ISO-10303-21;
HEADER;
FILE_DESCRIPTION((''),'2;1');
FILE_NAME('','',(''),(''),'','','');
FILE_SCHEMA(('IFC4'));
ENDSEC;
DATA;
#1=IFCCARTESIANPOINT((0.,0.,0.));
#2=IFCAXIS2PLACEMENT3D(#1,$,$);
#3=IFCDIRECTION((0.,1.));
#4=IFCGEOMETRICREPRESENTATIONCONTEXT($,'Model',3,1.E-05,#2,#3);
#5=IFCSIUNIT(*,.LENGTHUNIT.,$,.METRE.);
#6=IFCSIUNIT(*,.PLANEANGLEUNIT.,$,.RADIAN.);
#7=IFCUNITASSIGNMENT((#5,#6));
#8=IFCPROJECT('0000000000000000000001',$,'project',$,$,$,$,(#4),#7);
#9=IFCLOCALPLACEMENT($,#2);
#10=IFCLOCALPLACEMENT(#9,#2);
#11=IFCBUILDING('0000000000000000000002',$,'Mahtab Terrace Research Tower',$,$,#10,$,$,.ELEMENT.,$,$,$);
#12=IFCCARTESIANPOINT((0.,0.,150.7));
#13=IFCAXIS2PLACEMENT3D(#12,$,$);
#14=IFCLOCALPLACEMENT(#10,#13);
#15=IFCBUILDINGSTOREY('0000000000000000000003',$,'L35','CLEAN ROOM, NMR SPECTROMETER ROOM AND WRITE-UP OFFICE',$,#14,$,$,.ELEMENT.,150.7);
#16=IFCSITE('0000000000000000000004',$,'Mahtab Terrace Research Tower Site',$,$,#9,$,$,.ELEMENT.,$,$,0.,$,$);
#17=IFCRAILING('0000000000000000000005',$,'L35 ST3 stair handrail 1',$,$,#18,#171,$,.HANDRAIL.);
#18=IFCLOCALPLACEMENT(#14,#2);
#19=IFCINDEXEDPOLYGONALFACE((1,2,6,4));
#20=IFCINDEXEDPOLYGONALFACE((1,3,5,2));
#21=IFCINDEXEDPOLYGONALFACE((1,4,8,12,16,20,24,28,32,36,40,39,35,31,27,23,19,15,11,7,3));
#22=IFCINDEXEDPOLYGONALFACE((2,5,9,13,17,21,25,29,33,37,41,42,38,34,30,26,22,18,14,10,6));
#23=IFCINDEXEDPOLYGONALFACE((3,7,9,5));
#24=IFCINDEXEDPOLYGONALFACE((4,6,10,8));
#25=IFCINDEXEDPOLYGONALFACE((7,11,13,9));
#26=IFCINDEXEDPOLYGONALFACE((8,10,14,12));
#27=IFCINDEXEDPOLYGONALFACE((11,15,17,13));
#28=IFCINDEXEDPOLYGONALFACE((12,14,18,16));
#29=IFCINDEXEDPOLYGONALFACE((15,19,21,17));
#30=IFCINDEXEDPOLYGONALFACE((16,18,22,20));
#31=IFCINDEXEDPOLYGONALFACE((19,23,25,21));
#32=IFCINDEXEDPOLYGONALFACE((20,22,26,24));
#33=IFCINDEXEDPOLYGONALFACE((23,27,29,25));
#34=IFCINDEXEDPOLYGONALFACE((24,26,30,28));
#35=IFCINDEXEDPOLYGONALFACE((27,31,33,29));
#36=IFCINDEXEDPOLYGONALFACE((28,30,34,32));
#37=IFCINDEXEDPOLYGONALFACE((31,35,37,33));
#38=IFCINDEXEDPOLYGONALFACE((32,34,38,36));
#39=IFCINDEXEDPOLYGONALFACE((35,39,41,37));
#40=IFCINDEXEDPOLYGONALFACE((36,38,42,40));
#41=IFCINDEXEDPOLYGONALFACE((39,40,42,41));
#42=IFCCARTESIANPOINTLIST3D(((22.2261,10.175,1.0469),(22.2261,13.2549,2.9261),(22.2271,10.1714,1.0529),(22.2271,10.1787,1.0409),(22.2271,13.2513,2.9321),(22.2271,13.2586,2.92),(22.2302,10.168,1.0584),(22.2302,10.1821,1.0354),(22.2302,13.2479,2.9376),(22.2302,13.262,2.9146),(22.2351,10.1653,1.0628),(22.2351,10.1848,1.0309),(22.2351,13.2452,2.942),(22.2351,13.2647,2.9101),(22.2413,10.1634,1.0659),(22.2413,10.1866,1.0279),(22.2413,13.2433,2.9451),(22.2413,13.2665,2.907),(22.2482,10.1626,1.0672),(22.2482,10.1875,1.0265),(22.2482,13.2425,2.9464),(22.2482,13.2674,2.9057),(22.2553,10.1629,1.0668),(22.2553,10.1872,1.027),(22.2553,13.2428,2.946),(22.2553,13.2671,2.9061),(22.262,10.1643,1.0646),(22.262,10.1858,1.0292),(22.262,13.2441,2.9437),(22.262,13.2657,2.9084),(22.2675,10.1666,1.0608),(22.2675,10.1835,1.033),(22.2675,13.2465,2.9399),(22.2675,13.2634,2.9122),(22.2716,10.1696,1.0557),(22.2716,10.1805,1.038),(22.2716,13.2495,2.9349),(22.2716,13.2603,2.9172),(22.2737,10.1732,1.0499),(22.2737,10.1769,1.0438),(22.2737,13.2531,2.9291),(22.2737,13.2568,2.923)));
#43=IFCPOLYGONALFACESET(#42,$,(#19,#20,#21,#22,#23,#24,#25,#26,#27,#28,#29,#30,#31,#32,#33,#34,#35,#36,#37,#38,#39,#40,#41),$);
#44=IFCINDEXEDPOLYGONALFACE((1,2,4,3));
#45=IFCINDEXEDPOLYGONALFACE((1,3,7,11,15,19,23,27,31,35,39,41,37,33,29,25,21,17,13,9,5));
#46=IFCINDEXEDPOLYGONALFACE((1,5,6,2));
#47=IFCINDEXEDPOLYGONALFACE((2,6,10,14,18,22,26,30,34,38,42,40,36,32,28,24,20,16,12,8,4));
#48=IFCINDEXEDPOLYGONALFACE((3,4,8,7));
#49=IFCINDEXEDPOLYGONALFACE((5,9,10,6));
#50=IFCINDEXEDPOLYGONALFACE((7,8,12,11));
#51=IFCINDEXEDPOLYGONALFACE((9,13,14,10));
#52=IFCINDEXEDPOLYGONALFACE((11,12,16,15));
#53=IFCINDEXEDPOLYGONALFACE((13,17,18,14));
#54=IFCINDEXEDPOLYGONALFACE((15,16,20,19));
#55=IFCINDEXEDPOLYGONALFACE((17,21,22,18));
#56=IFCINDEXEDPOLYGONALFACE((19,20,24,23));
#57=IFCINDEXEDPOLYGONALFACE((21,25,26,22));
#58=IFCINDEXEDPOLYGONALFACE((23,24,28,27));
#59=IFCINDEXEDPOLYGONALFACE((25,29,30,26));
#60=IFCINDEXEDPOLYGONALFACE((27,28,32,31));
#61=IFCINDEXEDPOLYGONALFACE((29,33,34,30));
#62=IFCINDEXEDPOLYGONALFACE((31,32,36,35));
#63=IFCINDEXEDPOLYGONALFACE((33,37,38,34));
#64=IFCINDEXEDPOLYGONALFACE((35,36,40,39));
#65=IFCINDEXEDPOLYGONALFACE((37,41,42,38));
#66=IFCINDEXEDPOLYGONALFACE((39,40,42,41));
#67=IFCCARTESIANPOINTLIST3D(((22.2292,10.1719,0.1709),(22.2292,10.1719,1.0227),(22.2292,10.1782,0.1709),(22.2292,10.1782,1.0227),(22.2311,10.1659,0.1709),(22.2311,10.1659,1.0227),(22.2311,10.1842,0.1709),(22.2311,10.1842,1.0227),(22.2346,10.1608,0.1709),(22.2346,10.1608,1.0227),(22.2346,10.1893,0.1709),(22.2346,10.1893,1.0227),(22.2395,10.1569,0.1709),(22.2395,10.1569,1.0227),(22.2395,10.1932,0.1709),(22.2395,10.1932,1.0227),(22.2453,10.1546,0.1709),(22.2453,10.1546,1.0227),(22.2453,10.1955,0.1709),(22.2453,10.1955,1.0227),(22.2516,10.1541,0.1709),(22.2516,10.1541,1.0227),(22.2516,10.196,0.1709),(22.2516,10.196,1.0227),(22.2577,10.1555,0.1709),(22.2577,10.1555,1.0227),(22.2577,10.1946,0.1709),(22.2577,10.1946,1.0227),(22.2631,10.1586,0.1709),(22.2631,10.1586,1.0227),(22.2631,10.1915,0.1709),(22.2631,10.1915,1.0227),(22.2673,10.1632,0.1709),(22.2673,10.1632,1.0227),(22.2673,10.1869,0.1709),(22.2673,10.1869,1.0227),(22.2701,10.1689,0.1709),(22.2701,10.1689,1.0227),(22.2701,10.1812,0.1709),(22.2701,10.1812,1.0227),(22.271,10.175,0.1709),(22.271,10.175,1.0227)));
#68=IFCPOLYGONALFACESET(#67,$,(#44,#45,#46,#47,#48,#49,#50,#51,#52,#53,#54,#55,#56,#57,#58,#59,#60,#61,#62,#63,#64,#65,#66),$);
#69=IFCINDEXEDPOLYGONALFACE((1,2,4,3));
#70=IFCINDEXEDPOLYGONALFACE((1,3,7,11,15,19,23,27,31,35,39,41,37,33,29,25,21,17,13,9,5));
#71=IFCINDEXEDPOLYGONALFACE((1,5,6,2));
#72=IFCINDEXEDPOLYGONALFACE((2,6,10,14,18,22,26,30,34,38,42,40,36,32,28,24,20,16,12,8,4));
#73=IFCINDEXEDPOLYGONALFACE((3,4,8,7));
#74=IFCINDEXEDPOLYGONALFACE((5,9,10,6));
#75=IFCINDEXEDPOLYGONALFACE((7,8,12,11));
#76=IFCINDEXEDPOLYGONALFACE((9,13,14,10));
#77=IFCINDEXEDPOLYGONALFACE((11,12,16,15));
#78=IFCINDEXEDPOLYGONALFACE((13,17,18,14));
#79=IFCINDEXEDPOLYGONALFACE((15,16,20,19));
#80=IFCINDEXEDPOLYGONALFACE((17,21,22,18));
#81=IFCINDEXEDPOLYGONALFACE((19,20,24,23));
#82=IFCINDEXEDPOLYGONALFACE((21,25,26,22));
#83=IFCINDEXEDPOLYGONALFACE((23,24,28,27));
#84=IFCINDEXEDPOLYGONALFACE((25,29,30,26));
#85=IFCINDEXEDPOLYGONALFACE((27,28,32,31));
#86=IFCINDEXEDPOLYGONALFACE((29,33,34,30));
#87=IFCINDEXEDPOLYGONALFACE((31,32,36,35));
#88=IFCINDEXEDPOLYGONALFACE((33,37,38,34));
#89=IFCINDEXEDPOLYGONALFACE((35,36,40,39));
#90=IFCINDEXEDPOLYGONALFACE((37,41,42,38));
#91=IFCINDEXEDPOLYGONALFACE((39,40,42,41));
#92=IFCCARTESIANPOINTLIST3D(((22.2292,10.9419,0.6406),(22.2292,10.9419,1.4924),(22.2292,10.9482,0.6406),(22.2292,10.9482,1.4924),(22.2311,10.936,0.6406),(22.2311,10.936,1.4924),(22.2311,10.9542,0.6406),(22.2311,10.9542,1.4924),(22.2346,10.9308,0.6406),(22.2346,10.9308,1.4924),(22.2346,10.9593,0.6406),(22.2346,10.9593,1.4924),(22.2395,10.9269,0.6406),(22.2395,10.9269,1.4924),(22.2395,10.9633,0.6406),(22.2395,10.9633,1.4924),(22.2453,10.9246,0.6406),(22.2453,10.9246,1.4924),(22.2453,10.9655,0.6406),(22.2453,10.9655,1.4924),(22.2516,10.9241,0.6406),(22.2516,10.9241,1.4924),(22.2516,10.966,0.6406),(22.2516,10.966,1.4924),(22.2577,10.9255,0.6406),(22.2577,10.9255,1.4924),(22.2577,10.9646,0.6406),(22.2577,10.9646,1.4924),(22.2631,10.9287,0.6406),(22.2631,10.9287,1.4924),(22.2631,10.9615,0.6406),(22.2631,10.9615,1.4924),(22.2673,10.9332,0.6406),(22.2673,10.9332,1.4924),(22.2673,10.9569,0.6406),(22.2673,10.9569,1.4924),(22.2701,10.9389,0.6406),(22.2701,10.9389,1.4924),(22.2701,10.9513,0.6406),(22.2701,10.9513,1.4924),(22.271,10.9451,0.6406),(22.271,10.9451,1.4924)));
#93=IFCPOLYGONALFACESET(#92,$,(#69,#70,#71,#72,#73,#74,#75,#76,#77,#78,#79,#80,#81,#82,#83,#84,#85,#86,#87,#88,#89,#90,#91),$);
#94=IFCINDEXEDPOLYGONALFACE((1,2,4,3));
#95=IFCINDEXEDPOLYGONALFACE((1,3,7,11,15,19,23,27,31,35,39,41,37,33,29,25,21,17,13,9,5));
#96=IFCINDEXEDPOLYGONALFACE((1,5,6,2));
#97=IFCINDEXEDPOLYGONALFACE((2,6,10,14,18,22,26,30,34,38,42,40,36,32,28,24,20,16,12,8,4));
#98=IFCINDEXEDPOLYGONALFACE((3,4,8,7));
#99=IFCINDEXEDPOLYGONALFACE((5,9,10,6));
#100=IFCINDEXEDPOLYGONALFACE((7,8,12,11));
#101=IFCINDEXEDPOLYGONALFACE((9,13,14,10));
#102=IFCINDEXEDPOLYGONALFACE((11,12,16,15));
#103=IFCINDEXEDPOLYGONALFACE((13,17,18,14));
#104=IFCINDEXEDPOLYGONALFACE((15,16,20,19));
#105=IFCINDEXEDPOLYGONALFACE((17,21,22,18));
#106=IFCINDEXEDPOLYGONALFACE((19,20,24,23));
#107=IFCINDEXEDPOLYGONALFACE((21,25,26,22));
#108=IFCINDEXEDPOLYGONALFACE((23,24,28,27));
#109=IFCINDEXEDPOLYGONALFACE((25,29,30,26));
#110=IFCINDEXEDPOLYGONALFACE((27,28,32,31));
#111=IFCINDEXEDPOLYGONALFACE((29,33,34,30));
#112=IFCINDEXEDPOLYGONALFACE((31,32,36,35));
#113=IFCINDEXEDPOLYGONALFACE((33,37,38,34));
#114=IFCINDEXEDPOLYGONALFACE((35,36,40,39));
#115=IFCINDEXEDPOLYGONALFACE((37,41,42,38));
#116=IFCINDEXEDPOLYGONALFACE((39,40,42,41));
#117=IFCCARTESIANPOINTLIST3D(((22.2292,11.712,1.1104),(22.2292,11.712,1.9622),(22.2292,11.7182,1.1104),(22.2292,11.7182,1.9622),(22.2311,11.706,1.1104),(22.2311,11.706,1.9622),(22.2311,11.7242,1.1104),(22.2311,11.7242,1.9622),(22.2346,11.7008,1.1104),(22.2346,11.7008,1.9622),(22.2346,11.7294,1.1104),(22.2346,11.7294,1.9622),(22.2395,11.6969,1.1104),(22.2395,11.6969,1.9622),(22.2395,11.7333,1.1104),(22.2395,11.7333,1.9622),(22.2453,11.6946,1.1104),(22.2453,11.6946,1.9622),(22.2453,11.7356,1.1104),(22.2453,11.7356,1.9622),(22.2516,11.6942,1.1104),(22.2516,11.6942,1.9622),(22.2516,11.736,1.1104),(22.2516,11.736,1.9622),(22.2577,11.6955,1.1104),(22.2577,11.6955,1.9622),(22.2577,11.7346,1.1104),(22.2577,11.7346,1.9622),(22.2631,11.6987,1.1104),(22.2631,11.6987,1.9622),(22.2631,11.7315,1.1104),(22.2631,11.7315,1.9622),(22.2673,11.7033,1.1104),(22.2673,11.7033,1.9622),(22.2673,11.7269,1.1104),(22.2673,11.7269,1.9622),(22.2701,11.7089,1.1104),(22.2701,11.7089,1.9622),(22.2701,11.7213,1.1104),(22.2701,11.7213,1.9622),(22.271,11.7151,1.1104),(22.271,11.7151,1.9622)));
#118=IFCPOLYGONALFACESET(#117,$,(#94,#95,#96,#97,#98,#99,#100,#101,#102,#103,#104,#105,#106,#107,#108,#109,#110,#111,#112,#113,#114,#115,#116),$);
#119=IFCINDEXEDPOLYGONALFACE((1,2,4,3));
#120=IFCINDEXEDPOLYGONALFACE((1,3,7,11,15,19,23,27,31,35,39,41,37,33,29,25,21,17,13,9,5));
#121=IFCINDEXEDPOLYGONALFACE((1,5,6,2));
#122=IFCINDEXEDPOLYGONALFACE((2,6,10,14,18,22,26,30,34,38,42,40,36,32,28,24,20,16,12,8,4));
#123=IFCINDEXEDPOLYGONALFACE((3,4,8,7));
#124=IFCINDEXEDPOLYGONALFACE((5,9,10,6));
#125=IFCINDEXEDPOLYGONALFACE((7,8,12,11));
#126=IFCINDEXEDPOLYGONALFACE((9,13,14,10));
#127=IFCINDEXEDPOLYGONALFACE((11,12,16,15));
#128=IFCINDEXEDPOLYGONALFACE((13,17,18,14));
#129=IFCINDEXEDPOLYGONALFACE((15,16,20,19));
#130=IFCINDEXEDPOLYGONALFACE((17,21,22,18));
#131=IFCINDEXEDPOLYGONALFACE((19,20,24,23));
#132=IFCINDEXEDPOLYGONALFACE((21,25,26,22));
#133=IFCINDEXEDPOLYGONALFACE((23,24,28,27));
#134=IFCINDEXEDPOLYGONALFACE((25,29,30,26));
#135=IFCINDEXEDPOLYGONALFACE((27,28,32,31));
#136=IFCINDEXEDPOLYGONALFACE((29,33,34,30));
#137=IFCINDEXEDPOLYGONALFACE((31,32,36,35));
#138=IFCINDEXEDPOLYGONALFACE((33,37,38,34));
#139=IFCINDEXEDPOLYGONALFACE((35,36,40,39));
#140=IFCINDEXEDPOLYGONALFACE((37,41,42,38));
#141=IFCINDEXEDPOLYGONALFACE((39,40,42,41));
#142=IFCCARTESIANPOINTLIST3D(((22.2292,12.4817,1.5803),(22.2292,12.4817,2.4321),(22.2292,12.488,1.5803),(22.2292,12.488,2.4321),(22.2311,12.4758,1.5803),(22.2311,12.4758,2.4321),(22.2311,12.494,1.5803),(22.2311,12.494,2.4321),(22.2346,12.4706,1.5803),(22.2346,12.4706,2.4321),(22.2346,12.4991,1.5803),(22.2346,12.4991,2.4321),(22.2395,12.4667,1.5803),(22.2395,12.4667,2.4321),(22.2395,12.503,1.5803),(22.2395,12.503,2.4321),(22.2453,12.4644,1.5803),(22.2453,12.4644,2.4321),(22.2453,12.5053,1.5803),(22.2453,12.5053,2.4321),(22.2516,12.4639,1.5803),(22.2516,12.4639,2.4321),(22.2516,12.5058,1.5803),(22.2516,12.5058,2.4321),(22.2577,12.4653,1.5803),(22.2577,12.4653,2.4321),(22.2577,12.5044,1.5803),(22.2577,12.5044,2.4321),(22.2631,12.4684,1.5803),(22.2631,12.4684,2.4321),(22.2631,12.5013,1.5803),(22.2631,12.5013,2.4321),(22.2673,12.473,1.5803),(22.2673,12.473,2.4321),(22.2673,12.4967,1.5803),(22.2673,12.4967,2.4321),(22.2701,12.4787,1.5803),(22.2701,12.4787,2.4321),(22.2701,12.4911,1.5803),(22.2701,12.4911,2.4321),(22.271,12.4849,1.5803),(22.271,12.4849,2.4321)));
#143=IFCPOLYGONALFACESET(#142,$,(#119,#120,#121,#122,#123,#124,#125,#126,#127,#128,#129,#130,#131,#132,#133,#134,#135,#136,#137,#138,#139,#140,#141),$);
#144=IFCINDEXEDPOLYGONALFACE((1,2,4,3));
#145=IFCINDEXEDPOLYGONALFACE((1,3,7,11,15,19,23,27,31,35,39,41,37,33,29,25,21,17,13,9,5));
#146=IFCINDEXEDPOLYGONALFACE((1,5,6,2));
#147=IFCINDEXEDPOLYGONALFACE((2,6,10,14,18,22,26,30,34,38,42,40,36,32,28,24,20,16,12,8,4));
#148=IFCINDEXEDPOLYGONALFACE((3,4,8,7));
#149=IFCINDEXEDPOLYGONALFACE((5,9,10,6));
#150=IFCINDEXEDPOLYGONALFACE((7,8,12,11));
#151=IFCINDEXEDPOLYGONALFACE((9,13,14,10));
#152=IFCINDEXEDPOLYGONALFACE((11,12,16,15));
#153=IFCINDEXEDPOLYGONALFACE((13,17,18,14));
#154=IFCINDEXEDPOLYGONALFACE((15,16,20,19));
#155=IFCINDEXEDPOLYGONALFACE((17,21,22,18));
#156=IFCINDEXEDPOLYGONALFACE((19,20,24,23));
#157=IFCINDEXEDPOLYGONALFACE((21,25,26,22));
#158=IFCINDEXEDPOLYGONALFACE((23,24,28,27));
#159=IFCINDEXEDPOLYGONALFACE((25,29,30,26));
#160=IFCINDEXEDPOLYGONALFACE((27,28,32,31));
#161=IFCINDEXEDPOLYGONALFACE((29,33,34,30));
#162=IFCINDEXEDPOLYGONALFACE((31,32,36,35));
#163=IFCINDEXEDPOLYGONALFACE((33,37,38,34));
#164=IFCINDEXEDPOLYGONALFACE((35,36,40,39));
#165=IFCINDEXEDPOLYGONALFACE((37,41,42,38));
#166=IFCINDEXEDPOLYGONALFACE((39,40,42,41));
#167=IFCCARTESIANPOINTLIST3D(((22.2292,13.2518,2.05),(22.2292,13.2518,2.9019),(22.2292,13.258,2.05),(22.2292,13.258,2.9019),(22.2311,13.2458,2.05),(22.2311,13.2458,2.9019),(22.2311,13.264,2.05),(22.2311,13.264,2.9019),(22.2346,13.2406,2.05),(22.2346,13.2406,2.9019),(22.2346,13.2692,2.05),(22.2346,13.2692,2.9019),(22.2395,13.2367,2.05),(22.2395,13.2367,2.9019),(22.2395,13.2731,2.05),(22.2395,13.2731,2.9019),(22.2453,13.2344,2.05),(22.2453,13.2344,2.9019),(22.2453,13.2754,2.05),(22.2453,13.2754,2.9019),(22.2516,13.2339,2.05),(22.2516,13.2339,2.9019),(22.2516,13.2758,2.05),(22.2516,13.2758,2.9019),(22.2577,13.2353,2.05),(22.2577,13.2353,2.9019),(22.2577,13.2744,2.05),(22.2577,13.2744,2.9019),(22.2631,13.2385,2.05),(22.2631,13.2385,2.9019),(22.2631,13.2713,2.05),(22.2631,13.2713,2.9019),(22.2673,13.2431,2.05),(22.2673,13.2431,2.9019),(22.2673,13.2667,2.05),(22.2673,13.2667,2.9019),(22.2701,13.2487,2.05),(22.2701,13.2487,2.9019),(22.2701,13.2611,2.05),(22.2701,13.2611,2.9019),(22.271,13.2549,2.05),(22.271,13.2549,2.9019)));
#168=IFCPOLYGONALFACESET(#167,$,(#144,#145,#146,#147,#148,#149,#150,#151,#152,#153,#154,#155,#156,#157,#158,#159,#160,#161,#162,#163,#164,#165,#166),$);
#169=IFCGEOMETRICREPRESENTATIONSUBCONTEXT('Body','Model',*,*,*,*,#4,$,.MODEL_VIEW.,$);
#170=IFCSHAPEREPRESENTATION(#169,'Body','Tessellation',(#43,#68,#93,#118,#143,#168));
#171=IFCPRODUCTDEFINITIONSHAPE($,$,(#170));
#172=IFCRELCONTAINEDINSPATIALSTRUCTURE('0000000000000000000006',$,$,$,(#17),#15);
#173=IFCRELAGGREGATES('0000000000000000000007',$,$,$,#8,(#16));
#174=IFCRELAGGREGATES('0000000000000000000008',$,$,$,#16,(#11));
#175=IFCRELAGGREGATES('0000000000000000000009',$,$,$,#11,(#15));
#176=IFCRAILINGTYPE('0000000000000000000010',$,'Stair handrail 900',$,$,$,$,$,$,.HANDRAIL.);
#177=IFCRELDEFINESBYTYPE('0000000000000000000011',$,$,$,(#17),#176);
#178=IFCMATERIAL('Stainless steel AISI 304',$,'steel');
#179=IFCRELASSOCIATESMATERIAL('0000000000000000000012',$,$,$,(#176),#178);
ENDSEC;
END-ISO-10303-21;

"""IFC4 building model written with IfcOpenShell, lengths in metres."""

from ifc_helpers import new_model, si_unit, direction, frame, origin, origin_2d, place, context, subcontext, project, spatial, circle, extrude, material, type_object, element, save


model = new_model("IFC4")

# Units and contexts
model_context = context("Model", 3, precision=1e-05, world=origin(), true_north=direction((0.0, 1.0)))
body_context = subcontext(model_context, "Body", "Model", "MODEL_VIEW")
ifc_project = project(units=[si_unit("LENGTHUNIT", "METRE"), si_unit("PLANEANGLEUNIT", "RADIAN")], contexts=[model_context])

# Site, building, storey
site_placement = place(None, origin())
site = spatial("IfcSite", under=ifc_project, at=site_placement, Name="Mahtab Terrace Research Tower Site", CompositionType="ELEMENT", RefElevation=0.0)
building_placement = place(site_placement, origin())
building = spatial("IfcBuilding", under=site, at=building_placement, Name="Mahtab Terrace Research Tower", CompositionType="ELEMENT")
storey_placement = place(building_placement, frame((0.0, 0.0, 150.7)))
storey = spatial("IfcBuildingStorey", under=building, at=storey_placement, Name="L35", Description="CLEAN ROOM, NMR SPECTROMETER ROOM AND WRITE-UP OFFICE", CompositionType="ELEMENT", Elevation=150.7)

# Railing
ifc_material_1 = material(Name="Stainless steel AISI 304", Category="steel")
railing_type_1 = type_object("IfcRailingType", Name="Stair handrail 900", PredefinedType="HANDRAIL", material=ifc_material_1)
railing_1_placement = place(storey_placement, frame((22.25, 10.175, 0.1709)))
element("IfcRailing", 1, at=railing_1_placement, inside=storey, type_object=railing_type_1, Name="L35 ST3 stair handrail 1", PredefinedType="HANDRAIL", context=body_context, shape_type="SweptSolid", body=[
    extrude(circle(Radius=0.0239, at=origin_2d()), frame((0.0, 0.0, 0.876), z_axis=(0.0, 0.853648, 0.52085), x_axis=(-1.0, 0.0, 0.0)), (0.0, 0.0, 1.0), 3.6079),
    extrude(circle(Radius=0.021, at=origin_2d()), origin(), (0.0, 0.0, 1.0), 0.8518),
    extrude(circle(Radius=0.021, at=origin_2d()), frame((0.0, 0.77, 0.4697)), (0.0, 0.0, 1.0), 0.8518),
    extrude(circle(Radius=0.021, at=origin_2d()), frame((0.0, 1.54, 0.9395)), (0.0, 0.0, 1.0), 0.8518),
    extrude(circle(Radius=0.021, at=origin_2d()), frame((0.0, 2.3098, 1.4094)), (0.0, 0.0, 1.0), 0.8518),
    extrude(circle(Radius=0.021, at=origin_2d()), frame((0.0, 3.0798, 1.8792)), (0.0, 0.0, 1.0), 0.8518),
])

save(model, "model.ifc")
